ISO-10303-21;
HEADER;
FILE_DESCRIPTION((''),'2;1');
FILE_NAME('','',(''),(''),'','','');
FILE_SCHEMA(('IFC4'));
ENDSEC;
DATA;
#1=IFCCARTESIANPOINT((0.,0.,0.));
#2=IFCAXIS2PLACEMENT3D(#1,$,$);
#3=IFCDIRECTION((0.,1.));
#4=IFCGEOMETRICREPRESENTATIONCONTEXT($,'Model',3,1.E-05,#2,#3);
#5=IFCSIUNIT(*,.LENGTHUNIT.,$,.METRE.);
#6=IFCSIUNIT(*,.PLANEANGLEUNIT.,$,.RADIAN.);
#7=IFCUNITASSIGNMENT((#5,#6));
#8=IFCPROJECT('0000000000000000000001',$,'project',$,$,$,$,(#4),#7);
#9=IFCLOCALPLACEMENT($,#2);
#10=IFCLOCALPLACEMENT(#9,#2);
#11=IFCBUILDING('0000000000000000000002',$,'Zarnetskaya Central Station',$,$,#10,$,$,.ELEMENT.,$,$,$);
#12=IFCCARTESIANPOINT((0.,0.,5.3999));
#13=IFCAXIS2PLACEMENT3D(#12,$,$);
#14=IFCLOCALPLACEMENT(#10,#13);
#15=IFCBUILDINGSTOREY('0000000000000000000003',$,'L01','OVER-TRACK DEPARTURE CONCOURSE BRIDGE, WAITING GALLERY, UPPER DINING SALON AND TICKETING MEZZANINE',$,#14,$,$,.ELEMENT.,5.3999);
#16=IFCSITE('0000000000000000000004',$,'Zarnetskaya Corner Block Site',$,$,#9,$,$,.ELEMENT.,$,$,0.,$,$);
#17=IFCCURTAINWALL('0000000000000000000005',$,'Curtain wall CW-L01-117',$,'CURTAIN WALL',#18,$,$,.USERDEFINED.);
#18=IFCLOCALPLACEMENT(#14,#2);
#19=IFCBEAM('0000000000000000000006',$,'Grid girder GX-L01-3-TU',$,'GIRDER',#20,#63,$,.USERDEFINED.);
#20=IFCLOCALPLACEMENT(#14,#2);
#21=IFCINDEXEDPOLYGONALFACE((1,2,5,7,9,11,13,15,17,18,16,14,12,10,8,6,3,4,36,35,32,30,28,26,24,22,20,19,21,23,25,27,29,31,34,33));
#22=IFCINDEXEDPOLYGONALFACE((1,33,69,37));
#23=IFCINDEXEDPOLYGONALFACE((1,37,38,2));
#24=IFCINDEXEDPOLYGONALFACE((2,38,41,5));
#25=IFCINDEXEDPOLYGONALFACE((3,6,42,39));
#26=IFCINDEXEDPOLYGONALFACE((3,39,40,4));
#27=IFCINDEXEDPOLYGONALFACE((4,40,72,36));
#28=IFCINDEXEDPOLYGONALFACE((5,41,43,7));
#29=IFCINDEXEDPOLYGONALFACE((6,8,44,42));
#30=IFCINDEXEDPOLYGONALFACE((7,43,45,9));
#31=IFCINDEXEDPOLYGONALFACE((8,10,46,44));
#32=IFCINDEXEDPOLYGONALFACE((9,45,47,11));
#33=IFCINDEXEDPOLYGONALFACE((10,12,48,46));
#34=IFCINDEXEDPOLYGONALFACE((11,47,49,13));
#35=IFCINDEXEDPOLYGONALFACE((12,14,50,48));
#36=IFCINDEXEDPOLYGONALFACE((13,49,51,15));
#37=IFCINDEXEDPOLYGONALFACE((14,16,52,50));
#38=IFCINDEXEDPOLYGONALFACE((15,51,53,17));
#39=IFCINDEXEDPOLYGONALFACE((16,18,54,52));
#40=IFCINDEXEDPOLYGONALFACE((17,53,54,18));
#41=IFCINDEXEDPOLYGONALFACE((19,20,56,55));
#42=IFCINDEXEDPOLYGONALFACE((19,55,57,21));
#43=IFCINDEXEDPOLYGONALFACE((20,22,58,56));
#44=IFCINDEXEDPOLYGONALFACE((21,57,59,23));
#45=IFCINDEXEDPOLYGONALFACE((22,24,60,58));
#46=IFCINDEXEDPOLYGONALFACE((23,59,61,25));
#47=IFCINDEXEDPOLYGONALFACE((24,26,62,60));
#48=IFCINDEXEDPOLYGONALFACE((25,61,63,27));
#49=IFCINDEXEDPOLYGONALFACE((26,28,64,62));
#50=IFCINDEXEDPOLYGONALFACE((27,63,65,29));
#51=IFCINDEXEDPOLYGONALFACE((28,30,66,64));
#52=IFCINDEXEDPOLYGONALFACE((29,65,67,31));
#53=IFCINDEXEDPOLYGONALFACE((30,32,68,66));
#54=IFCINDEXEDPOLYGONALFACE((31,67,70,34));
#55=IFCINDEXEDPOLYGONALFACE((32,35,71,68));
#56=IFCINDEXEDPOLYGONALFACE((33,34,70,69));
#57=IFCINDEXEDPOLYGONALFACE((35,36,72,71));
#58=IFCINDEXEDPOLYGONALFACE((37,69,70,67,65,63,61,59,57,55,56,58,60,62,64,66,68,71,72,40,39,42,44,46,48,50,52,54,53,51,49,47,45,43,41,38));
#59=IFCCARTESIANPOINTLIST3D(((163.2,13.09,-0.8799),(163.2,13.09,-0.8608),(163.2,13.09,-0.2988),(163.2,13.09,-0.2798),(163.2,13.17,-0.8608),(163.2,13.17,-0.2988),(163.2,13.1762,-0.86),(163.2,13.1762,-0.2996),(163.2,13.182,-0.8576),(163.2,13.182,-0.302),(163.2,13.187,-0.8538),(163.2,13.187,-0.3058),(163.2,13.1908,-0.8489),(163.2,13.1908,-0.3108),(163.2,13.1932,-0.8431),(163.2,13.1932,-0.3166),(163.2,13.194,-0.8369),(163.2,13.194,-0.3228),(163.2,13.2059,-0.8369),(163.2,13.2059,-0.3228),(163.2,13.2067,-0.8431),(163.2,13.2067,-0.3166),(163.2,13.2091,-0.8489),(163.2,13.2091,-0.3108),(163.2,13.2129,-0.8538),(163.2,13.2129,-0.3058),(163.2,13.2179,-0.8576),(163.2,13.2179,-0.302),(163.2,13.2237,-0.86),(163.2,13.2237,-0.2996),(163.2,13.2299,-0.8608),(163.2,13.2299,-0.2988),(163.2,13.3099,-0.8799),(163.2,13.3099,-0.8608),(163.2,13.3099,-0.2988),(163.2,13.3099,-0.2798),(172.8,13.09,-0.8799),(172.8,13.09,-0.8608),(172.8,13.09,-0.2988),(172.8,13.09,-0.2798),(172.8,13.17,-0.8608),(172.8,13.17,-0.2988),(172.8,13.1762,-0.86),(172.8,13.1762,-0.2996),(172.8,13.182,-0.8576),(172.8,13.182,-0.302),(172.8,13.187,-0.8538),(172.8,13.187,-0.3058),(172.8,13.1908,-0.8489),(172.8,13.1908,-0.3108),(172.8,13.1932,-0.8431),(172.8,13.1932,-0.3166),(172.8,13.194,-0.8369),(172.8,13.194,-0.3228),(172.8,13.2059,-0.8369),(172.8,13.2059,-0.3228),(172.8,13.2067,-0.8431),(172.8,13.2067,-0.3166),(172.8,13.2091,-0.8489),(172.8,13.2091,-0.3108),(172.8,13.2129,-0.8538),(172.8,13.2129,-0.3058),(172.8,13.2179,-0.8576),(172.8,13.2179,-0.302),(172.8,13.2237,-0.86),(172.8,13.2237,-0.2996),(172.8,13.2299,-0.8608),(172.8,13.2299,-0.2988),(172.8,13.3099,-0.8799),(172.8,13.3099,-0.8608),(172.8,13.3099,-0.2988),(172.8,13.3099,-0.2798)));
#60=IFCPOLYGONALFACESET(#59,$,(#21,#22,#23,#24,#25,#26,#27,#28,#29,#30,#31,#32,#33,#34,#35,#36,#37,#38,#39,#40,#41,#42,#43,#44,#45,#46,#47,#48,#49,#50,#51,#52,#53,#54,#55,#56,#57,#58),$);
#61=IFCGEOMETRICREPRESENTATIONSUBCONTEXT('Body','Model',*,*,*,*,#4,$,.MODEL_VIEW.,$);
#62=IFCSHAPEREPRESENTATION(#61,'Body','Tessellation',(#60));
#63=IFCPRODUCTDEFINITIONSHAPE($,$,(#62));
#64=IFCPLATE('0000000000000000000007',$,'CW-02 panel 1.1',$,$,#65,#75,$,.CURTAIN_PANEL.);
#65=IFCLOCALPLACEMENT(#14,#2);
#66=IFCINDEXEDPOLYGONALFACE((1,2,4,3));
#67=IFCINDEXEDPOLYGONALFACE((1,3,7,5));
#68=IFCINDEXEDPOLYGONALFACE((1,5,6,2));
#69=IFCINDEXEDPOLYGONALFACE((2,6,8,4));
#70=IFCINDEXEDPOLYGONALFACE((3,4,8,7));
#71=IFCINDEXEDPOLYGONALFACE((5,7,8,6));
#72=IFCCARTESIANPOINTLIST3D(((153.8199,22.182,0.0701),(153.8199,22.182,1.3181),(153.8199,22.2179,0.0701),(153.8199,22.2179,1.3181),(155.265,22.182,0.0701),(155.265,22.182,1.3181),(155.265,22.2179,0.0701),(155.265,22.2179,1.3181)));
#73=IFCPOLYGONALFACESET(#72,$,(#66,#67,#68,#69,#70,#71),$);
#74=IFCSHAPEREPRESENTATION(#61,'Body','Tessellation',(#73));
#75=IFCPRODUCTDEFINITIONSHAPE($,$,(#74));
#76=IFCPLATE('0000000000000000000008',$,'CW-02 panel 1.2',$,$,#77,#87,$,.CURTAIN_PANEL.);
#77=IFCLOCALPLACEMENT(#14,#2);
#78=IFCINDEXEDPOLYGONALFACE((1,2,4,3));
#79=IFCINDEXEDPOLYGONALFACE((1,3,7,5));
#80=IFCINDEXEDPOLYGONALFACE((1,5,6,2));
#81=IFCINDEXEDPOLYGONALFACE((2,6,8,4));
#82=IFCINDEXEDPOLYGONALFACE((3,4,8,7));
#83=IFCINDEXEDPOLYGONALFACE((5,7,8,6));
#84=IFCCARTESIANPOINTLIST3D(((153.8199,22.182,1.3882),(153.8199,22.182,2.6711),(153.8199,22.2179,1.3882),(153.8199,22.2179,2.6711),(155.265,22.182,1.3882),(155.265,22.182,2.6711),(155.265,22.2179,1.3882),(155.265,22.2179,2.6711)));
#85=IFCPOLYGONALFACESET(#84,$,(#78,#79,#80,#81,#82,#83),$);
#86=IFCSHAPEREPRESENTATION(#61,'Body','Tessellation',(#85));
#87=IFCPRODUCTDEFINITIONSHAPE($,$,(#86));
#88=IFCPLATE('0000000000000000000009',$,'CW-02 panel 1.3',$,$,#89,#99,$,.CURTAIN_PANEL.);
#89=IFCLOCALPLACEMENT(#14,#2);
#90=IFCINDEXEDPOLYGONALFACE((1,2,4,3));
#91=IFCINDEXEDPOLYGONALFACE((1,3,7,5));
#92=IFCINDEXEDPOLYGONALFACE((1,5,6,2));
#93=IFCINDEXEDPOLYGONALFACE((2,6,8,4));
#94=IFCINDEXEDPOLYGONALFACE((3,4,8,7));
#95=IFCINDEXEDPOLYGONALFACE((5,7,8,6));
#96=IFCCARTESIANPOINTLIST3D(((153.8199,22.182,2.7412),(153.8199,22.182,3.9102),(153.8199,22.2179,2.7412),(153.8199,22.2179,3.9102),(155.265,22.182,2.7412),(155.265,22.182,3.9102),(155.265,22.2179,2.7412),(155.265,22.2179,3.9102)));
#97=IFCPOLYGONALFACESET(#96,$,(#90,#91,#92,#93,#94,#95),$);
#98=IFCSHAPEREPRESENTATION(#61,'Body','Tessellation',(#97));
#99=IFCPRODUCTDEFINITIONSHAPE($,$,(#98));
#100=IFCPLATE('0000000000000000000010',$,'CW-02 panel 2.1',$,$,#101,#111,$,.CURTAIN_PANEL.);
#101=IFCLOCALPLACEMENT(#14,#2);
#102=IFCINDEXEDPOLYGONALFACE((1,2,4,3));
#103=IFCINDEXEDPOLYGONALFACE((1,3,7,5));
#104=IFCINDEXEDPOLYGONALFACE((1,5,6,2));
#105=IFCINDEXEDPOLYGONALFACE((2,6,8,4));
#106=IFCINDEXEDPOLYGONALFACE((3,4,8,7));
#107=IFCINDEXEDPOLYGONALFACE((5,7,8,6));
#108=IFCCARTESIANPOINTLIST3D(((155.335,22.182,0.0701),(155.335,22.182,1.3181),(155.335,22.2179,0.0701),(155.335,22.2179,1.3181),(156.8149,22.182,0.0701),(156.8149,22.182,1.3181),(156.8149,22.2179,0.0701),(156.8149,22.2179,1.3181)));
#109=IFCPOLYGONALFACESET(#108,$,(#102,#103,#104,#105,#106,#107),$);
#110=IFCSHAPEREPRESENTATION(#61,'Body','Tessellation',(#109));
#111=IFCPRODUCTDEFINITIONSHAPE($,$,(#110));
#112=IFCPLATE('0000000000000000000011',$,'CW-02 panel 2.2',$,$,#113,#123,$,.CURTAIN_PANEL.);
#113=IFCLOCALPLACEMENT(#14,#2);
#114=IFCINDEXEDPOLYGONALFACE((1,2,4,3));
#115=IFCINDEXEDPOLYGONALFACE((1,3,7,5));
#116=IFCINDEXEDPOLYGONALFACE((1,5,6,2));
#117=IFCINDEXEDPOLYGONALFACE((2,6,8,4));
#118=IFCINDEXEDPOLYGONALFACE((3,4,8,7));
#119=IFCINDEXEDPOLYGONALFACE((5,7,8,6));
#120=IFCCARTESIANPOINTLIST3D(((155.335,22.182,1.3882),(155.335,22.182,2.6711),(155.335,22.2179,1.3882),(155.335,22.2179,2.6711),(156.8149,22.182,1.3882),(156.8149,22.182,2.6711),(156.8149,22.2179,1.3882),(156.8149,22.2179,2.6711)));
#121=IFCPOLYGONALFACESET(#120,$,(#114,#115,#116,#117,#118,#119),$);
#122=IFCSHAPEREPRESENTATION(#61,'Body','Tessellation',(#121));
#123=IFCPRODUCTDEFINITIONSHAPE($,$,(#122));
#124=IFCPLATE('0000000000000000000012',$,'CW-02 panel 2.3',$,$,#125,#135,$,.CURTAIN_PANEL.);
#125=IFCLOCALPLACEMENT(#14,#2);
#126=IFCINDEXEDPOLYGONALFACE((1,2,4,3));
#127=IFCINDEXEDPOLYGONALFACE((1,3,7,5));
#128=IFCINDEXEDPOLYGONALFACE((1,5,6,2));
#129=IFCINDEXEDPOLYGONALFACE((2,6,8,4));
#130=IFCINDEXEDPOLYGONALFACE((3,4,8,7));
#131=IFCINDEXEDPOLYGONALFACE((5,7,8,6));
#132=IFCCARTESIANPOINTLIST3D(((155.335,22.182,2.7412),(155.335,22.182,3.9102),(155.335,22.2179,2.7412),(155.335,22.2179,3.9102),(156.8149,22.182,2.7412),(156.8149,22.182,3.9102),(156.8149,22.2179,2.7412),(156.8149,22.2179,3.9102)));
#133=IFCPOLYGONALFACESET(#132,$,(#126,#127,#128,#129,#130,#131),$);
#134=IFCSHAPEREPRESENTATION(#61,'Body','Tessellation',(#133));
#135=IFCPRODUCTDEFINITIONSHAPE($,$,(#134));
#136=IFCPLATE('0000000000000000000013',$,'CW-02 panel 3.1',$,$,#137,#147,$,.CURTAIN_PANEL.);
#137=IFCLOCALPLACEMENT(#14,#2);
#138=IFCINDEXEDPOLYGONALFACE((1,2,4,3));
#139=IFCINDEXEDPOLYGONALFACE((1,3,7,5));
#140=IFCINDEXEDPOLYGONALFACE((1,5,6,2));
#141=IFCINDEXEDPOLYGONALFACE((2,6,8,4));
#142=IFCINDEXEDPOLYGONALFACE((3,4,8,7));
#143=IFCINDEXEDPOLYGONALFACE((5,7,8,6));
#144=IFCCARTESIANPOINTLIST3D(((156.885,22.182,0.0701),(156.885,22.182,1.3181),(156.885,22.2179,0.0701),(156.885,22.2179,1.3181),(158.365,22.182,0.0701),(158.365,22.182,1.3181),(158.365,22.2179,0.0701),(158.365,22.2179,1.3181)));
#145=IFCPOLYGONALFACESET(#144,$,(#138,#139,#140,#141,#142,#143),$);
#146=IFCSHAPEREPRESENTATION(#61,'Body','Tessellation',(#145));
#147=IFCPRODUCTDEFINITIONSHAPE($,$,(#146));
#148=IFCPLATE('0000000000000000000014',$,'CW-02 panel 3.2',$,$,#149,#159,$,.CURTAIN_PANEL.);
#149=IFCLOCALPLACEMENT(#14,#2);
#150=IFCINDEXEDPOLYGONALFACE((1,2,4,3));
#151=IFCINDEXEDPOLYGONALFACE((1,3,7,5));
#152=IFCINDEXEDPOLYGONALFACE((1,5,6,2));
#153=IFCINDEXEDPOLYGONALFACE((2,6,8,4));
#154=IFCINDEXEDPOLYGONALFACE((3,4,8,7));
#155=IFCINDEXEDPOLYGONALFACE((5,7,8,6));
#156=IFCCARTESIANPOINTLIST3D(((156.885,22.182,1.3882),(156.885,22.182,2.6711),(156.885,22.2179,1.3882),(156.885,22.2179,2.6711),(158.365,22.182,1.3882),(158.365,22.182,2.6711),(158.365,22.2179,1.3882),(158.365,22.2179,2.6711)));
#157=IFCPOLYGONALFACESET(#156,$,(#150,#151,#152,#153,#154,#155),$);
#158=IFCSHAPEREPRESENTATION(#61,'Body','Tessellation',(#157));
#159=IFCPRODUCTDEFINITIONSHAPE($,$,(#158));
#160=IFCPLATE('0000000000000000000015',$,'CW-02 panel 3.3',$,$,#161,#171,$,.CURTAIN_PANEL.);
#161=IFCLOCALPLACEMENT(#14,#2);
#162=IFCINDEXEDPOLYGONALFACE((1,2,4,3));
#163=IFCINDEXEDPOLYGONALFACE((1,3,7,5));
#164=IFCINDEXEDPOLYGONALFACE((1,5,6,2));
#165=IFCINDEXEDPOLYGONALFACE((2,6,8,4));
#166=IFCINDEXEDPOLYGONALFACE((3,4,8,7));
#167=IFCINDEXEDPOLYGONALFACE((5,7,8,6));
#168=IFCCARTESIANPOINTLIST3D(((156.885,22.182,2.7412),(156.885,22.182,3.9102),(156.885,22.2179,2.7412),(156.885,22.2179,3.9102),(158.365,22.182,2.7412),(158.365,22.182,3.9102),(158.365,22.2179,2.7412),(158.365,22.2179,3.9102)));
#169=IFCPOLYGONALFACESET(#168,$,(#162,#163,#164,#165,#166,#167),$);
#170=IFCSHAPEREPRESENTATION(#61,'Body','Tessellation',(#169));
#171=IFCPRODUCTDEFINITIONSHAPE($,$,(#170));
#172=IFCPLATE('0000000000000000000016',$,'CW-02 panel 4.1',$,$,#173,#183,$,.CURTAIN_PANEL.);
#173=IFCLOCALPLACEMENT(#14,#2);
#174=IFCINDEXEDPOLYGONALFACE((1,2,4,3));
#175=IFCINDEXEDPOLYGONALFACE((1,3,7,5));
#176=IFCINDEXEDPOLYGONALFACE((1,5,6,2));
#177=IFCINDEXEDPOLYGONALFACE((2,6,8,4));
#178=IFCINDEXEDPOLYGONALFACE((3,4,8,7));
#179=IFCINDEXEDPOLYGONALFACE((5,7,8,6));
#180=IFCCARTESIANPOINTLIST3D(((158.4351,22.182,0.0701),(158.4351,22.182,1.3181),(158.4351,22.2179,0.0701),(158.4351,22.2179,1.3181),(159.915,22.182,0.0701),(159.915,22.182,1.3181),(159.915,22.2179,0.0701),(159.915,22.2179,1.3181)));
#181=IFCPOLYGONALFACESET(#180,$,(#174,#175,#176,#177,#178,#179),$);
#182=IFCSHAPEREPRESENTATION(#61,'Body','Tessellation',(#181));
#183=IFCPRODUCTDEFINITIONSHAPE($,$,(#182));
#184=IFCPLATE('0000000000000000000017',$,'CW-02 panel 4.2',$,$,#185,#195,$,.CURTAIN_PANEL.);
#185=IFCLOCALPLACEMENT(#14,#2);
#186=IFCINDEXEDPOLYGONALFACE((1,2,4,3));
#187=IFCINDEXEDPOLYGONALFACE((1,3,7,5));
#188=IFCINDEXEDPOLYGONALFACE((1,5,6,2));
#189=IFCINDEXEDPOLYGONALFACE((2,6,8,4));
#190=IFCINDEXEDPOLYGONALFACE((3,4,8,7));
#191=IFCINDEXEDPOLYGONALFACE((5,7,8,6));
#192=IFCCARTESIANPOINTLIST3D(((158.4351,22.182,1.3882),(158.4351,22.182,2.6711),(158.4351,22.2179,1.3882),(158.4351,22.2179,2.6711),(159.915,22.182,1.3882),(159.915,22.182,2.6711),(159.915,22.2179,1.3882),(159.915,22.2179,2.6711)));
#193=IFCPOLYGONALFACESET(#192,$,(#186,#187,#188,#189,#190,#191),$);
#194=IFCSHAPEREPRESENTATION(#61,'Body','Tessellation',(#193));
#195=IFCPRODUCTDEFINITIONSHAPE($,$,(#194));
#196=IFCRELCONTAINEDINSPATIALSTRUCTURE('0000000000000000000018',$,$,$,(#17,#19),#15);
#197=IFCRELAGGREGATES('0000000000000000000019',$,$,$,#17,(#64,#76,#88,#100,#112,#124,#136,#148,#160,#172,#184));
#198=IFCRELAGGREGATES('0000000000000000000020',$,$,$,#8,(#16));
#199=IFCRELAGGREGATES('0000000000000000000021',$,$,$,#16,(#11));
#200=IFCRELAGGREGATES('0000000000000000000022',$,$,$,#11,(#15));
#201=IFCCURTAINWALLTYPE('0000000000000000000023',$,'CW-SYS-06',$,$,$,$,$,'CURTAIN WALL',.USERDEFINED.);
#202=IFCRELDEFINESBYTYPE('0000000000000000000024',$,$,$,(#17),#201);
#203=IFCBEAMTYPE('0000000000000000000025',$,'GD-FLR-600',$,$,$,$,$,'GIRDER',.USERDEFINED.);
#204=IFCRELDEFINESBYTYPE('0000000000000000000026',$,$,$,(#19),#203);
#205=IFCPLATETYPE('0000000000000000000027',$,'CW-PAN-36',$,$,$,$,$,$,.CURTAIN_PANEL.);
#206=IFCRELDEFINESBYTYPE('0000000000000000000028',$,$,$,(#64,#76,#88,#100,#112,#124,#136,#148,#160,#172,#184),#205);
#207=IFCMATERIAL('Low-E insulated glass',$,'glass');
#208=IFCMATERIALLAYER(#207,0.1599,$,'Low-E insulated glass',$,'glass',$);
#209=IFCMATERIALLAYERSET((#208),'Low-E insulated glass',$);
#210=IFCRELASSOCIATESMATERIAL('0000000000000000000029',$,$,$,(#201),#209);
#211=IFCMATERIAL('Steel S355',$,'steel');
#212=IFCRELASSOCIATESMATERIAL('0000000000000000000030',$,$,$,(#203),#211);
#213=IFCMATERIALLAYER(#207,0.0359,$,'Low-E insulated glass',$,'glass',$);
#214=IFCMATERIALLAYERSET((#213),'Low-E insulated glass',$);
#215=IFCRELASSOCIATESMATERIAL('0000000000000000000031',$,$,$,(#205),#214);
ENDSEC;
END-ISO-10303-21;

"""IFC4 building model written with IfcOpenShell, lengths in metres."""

from ifc_helpers import new_model, si_unit, direction, frame, origin, origin_2d, place, context, subcontext, project, spatial, rectangle, i_section, extrude, material, layer, layer_set, material_profile, profile_set, type_object, element, aggregate, save


model = new_model("IFC4")

# Units and contexts
model_context = context("Model", 3, precision=1e-05, world=origin(), true_north=direction((0.0, 1.0)))
body_context = subcontext(model_context, "Body", "Model", "MODEL_VIEW")
ifc_project = project(units=[si_unit("LENGTHUNIT", "METRE"), si_unit("PLANEANGLEUNIT", "RADIAN")], contexts=[model_context])

# Site, building, storey
site_placement = place(None, origin())
site = spatial("IfcSite", under=ifc_project, at=site_placement, Name="Zarnetskaya Corner Block Site", CompositionType="ELEMENT", RefElevation=0.0)
building_placement = place(site_placement, origin())
building = spatial("IfcBuilding", under=site, at=building_placement, Name="Zarnetskaya Central Station", CompositionType="ELEMENT")
storey_placement = place(building_placement, frame((0.0, 0.0, 5.3999)))
storey = spatial("IfcBuildingStorey", under=building, at=storey_placement, Name="L01", Description="OVER-TRACK DEPARTURE CONCOURSE BRIDGE, WAITING GALLERY, UPPER DINING SALON AND TICKETING MEZZANINE", CompositionType="ELEMENT", Elevation=5.3999)

# Shared definitions
ifc_material_1 = material(Name="Steel S355", Category="steel")

# Curtain wall
ifc_material_2 = material(Name="Low-E insulated glass", Category="glass")
ifc_layer_1 = layer(ifc_material_2, 0.1599, Name="Low-E insulated glass", Category="glass")
ifc_layer_set_1 = layer_set([ifc_layer_1], Name="Low-E insulated glass")
curtain_wall_type = type_object("IfcCurtainWallType", Name="CW-SYS-06", ElementType="CURTAIN WALL", PredefinedType="USERDEFINED", material=ifc_layer_set_1)
curtain_wall_placement = place(storey_placement, origin())
curtain_wall = element("IfcCurtainWall", 1, at=curtain_wall_placement, inside=storey, type_object=curtain_wall_type, Name="Curtain wall CW-L01-117", ObjectType="CURTAIN WALL", PredefinedType="USERDEFINED")

# Beam
ifc_material_profile_1 = material_profile(ifc_material_1, i_section(OverallWidth=0.22, OverallDepth=0.6001, WebThickness=0.012, FlangeThickness=0.019, FilletRadius=0.0239, at=origin_2d()), Name="IPE 600")
ifc_profile_set_1 = profile_set([ifc_material_profile_1], Name="Steel S355")
beam_type_1 = type_object("IfcBeamType", Name="GD-FLR-600", ElementType="GIRDER", PredefinedType="USERDEFINED", material=ifc_profile_set_1)
beam_1_placement = place(storey_placement, frame((163.2, 13.2, -0.5798), z_axis=(1.0, 0.0, 0.0), x_axis=(0.0, 1.0, 0.0)))
element("IfcBeam", 2, at=beam_1_placement, inside=storey, type_object=beam_type_1, Name="Grid girder GX-L01-3-TU", ObjectType="GIRDER", PredefinedType="USERDEFINED", context=body_context, shape_type="SweptSolid", body=[
    extrude(i_section(OverallWidth=0.22, OverallDepth=0.6001, WebThickness=0.012, FlangeThickness=0.019, FilletRadius=0.0239, at=origin_2d()), origin(), (0.0, 0.0, 1.0), 9.6001),
])

# Plates
ifc_layer_2 = layer(ifc_material_2, 0.0359, Name="Low-E insulated glass", Category="glass")
ifc_layer_set_2 = layer_set([ifc_layer_2], Name="Low-E insulated glass")
plate_type = type_object("IfcPlateType", Name="CW-PAN-36", PredefinedType="CURTAIN_PANEL", material=ifc_layer_set_2)
plate_1_placement = place(storey_placement, frame((154.5425, 22.2, 0.0701), z_axis=(0.0, 0.0, 1.0), x_axis=(1.0, 0.0, 0.0)))
plate_1 = element("IfcPlate", 3, at=plate_1_placement, type_object=plate_type, Name="CW-02 panel 1.1", PredefinedType="CURTAIN_PANEL", context=body_context, shape_type="SweptSolid", body=[
    extrude(rectangle(XDim=1.4451, YDim=0.0359, at=origin_2d()), origin(), (0.0, 0.0, 1.0), 1.248),
])
plate_2_placement = place(storey_placement, frame((154.5425, 22.2, 1.3882), z_axis=(0.0, 0.0, 1.0), x_axis=(1.0, 0.0, 0.0)))
plate_2 = element("IfcPlate", 4, at=plate_2_placement, type_object=plate_type, Name="CW-02 panel 1.2", PredefinedType="CURTAIN_PANEL", context=body_context, shape_type="SweptSolid", body=[
    extrude(rectangle(XDim=1.4451, YDim=0.0359, at=origin_2d()), origin(), (0.0, 0.0, 1.0), 1.283),
])
plate_3_placement = place(storey_placement, frame((154.5425, 22.2, 2.7412), z_axis=(0.0, 0.0, 1.0), x_axis=(1.0, 0.0, 0.0)))
plate_3 = element("IfcPlate", 5, at=plate_3_placement, type_object=plate_type, Name="CW-02 panel 1.3", PredefinedType="CURTAIN_PANEL", context=body_context, shape_type="SweptSolid", body=[
    extrude(rectangle(XDim=1.4451, YDim=0.0359, at=origin_2d()), origin(), (0.0, 0.0, 1.0), 1.1689),
])
plate_4_placement = place(storey_placement, frame((156.075, 22.2, 0.0701), z_axis=(0.0, 0.0, 1.0), x_axis=(1.0, 0.0, 0.0)))
plate_4 = element("IfcPlate", 6, at=plate_4_placement, type_object=plate_type, Name="CW-02 panel 2.1", PredefinedType="CURTAIN_PANEL", context=body_context, shape_type="SweptSolid", body=[
    extrude(rectangle(XDim=1.48, YDim=0.0359, at=origin_2d()), origin(), (0.0, 0.0, 1.0), 1.248),
])
plate_5_placement = place(storey_placement, frame((156.075, 22.2, 1.3882), z_axis=(0.0, 0.0, 1.0), x_axis=(1.0, 0.0, 0.0)))
plate_5 = element("IfcPlate", 7, at=plate_5_placement, type_object=plate_type, Name="CW-02 panel 2.2", PredefinedType="CURTAIN_PANEL", context=body_context, shape_type="SweptSolid", body=[
    extrude(rectangle(XDim=1.48, YDim=0.0359, at=origin_2d()), origin(), (0.0, 0.0, 1.0), 1.283),
])
plate_6_placement = place(storey_placement, frame((156.075, 22.2, 2.7412), z_axis=(0.0, 0.0, 1.0), x_axis=(1.0, 0.0, 0.0)))
plate_6 = element("IfcPlate", 8, at=plate_6_placement, type_object=plate_type, Name="CW-02 panel 2.3", PredefinedType="CURTAIN_PANEL", context=body_context, shape_type="SweptSolid", body=[
    extrude(rectangle(XDim=1.48, YDim=0.0359, at=origin_2d()), origin(), (0.0, 0.0, 1.0), 1.1689),
])
plate_7_placement = place(storey_placement, frame((157.625, 22.2, 0.0701), z_axis=(0.0, 0.0, 1.0), x_axis=(1.0, 0.0, 0.0)))
plate_7 = element("IfcPlate", 9, at=plate_7_placement, type_object=plate_type, Name="CW-02 panel 3.1", PredefinedType="CURTAIN_PANEL", context=body_context, shape_type="SweptSolid", body=[
    extrude(rectangle(XDim=1.48, YDim=0.0359, at=origin_2d()), origin(), (0.0, 0.0, 1.0), 1.248),
])
plate_8_placement = place(storey_placement, frame((157.625, 22.2, 1.3882), z_axis=(0.0, 0.0, 1.0), x_axis=(1.0, 0.0, 0.0)))
plate_8 = element("IfcPlate", 10, at=plate_8_placement, type_object=plate_type, Name="CW-02 panel 3.2", PredefinedType="CURTAIN_PANEL", context=body_context, shape_type="SweptSolid", body=[
    extrude(rectangle(XDim=1.48, YDim=0.0359, at=origin_2d()), origin(), (0.0, 0.0, 1.0), 1.283),
])
plate_9_placement = place(storey_placement, frame((157.625, 22.2, 2.7412), z_axis=(0.0, 0.0, 1.0), x_axis=(1.0, 0.0, 0.0)))
plate_9 = element("IfcPlate", 11, at=plate_9_placement, type_object=plate_type, Name="CW-02 panel 3.3", PredefinedType="CURTAIN_PANEL", context=body_context, shape_type="SweptSolid", body=[
    extrude(rectangle(XDim=1.48, YDim=0.0359, at=origin_2d()), origin(), (0.0, 0.0, 1.0), 1.1689),
])
plate_10_placement = place(storey_placement, frame((159.175, 22.2, 0.0701), z_axis=(0.0, 0.0, 1.0), x_axis=(1.0, 0.0, 0.0)))
plate_10 = element("IfcPlate", 12, at=plate_10_placement, type_object=plate_type, Name="CW-02 panel 4.1", PredefinedType="CURTAIN_PANEL", context=body_context, shape_type="SweptSolid", body=[
    extrude(rectangle(XDim=1.48, YDim=0.0359, at=origin_2d()), origin(), (0.0, 0.0, 1.0), 1.248),
])
plate_11_placement = place(storey_placement, frame((159.175, 22.2, 1.3882), z_axis=(0.0, 0.0, 1.0), x_axis=(1.0, 0.0, 0.0)))
plate_11 = element("IfcPlate", 13, at=plate_11_placement, type_object=plate_type, Name="CW-02 panel 4.2", PredefinedType="CURTAIN_PANEL", context=body_context, shape_type="SweptSolid", body=[
    extrude(rectangle(XDim=1.48, YDim=0.0359, at=origin_2d()), origin(), (0.0, 0.0, 1.0), 1.283),
])
aggregate(curtain_wall, [plate_1, plate_2, plate_3, plate_4, plate_5, plate_6, plate_7, plate_8, plate_9, plate_10, plate_11])

save(model, "model.ifc")
